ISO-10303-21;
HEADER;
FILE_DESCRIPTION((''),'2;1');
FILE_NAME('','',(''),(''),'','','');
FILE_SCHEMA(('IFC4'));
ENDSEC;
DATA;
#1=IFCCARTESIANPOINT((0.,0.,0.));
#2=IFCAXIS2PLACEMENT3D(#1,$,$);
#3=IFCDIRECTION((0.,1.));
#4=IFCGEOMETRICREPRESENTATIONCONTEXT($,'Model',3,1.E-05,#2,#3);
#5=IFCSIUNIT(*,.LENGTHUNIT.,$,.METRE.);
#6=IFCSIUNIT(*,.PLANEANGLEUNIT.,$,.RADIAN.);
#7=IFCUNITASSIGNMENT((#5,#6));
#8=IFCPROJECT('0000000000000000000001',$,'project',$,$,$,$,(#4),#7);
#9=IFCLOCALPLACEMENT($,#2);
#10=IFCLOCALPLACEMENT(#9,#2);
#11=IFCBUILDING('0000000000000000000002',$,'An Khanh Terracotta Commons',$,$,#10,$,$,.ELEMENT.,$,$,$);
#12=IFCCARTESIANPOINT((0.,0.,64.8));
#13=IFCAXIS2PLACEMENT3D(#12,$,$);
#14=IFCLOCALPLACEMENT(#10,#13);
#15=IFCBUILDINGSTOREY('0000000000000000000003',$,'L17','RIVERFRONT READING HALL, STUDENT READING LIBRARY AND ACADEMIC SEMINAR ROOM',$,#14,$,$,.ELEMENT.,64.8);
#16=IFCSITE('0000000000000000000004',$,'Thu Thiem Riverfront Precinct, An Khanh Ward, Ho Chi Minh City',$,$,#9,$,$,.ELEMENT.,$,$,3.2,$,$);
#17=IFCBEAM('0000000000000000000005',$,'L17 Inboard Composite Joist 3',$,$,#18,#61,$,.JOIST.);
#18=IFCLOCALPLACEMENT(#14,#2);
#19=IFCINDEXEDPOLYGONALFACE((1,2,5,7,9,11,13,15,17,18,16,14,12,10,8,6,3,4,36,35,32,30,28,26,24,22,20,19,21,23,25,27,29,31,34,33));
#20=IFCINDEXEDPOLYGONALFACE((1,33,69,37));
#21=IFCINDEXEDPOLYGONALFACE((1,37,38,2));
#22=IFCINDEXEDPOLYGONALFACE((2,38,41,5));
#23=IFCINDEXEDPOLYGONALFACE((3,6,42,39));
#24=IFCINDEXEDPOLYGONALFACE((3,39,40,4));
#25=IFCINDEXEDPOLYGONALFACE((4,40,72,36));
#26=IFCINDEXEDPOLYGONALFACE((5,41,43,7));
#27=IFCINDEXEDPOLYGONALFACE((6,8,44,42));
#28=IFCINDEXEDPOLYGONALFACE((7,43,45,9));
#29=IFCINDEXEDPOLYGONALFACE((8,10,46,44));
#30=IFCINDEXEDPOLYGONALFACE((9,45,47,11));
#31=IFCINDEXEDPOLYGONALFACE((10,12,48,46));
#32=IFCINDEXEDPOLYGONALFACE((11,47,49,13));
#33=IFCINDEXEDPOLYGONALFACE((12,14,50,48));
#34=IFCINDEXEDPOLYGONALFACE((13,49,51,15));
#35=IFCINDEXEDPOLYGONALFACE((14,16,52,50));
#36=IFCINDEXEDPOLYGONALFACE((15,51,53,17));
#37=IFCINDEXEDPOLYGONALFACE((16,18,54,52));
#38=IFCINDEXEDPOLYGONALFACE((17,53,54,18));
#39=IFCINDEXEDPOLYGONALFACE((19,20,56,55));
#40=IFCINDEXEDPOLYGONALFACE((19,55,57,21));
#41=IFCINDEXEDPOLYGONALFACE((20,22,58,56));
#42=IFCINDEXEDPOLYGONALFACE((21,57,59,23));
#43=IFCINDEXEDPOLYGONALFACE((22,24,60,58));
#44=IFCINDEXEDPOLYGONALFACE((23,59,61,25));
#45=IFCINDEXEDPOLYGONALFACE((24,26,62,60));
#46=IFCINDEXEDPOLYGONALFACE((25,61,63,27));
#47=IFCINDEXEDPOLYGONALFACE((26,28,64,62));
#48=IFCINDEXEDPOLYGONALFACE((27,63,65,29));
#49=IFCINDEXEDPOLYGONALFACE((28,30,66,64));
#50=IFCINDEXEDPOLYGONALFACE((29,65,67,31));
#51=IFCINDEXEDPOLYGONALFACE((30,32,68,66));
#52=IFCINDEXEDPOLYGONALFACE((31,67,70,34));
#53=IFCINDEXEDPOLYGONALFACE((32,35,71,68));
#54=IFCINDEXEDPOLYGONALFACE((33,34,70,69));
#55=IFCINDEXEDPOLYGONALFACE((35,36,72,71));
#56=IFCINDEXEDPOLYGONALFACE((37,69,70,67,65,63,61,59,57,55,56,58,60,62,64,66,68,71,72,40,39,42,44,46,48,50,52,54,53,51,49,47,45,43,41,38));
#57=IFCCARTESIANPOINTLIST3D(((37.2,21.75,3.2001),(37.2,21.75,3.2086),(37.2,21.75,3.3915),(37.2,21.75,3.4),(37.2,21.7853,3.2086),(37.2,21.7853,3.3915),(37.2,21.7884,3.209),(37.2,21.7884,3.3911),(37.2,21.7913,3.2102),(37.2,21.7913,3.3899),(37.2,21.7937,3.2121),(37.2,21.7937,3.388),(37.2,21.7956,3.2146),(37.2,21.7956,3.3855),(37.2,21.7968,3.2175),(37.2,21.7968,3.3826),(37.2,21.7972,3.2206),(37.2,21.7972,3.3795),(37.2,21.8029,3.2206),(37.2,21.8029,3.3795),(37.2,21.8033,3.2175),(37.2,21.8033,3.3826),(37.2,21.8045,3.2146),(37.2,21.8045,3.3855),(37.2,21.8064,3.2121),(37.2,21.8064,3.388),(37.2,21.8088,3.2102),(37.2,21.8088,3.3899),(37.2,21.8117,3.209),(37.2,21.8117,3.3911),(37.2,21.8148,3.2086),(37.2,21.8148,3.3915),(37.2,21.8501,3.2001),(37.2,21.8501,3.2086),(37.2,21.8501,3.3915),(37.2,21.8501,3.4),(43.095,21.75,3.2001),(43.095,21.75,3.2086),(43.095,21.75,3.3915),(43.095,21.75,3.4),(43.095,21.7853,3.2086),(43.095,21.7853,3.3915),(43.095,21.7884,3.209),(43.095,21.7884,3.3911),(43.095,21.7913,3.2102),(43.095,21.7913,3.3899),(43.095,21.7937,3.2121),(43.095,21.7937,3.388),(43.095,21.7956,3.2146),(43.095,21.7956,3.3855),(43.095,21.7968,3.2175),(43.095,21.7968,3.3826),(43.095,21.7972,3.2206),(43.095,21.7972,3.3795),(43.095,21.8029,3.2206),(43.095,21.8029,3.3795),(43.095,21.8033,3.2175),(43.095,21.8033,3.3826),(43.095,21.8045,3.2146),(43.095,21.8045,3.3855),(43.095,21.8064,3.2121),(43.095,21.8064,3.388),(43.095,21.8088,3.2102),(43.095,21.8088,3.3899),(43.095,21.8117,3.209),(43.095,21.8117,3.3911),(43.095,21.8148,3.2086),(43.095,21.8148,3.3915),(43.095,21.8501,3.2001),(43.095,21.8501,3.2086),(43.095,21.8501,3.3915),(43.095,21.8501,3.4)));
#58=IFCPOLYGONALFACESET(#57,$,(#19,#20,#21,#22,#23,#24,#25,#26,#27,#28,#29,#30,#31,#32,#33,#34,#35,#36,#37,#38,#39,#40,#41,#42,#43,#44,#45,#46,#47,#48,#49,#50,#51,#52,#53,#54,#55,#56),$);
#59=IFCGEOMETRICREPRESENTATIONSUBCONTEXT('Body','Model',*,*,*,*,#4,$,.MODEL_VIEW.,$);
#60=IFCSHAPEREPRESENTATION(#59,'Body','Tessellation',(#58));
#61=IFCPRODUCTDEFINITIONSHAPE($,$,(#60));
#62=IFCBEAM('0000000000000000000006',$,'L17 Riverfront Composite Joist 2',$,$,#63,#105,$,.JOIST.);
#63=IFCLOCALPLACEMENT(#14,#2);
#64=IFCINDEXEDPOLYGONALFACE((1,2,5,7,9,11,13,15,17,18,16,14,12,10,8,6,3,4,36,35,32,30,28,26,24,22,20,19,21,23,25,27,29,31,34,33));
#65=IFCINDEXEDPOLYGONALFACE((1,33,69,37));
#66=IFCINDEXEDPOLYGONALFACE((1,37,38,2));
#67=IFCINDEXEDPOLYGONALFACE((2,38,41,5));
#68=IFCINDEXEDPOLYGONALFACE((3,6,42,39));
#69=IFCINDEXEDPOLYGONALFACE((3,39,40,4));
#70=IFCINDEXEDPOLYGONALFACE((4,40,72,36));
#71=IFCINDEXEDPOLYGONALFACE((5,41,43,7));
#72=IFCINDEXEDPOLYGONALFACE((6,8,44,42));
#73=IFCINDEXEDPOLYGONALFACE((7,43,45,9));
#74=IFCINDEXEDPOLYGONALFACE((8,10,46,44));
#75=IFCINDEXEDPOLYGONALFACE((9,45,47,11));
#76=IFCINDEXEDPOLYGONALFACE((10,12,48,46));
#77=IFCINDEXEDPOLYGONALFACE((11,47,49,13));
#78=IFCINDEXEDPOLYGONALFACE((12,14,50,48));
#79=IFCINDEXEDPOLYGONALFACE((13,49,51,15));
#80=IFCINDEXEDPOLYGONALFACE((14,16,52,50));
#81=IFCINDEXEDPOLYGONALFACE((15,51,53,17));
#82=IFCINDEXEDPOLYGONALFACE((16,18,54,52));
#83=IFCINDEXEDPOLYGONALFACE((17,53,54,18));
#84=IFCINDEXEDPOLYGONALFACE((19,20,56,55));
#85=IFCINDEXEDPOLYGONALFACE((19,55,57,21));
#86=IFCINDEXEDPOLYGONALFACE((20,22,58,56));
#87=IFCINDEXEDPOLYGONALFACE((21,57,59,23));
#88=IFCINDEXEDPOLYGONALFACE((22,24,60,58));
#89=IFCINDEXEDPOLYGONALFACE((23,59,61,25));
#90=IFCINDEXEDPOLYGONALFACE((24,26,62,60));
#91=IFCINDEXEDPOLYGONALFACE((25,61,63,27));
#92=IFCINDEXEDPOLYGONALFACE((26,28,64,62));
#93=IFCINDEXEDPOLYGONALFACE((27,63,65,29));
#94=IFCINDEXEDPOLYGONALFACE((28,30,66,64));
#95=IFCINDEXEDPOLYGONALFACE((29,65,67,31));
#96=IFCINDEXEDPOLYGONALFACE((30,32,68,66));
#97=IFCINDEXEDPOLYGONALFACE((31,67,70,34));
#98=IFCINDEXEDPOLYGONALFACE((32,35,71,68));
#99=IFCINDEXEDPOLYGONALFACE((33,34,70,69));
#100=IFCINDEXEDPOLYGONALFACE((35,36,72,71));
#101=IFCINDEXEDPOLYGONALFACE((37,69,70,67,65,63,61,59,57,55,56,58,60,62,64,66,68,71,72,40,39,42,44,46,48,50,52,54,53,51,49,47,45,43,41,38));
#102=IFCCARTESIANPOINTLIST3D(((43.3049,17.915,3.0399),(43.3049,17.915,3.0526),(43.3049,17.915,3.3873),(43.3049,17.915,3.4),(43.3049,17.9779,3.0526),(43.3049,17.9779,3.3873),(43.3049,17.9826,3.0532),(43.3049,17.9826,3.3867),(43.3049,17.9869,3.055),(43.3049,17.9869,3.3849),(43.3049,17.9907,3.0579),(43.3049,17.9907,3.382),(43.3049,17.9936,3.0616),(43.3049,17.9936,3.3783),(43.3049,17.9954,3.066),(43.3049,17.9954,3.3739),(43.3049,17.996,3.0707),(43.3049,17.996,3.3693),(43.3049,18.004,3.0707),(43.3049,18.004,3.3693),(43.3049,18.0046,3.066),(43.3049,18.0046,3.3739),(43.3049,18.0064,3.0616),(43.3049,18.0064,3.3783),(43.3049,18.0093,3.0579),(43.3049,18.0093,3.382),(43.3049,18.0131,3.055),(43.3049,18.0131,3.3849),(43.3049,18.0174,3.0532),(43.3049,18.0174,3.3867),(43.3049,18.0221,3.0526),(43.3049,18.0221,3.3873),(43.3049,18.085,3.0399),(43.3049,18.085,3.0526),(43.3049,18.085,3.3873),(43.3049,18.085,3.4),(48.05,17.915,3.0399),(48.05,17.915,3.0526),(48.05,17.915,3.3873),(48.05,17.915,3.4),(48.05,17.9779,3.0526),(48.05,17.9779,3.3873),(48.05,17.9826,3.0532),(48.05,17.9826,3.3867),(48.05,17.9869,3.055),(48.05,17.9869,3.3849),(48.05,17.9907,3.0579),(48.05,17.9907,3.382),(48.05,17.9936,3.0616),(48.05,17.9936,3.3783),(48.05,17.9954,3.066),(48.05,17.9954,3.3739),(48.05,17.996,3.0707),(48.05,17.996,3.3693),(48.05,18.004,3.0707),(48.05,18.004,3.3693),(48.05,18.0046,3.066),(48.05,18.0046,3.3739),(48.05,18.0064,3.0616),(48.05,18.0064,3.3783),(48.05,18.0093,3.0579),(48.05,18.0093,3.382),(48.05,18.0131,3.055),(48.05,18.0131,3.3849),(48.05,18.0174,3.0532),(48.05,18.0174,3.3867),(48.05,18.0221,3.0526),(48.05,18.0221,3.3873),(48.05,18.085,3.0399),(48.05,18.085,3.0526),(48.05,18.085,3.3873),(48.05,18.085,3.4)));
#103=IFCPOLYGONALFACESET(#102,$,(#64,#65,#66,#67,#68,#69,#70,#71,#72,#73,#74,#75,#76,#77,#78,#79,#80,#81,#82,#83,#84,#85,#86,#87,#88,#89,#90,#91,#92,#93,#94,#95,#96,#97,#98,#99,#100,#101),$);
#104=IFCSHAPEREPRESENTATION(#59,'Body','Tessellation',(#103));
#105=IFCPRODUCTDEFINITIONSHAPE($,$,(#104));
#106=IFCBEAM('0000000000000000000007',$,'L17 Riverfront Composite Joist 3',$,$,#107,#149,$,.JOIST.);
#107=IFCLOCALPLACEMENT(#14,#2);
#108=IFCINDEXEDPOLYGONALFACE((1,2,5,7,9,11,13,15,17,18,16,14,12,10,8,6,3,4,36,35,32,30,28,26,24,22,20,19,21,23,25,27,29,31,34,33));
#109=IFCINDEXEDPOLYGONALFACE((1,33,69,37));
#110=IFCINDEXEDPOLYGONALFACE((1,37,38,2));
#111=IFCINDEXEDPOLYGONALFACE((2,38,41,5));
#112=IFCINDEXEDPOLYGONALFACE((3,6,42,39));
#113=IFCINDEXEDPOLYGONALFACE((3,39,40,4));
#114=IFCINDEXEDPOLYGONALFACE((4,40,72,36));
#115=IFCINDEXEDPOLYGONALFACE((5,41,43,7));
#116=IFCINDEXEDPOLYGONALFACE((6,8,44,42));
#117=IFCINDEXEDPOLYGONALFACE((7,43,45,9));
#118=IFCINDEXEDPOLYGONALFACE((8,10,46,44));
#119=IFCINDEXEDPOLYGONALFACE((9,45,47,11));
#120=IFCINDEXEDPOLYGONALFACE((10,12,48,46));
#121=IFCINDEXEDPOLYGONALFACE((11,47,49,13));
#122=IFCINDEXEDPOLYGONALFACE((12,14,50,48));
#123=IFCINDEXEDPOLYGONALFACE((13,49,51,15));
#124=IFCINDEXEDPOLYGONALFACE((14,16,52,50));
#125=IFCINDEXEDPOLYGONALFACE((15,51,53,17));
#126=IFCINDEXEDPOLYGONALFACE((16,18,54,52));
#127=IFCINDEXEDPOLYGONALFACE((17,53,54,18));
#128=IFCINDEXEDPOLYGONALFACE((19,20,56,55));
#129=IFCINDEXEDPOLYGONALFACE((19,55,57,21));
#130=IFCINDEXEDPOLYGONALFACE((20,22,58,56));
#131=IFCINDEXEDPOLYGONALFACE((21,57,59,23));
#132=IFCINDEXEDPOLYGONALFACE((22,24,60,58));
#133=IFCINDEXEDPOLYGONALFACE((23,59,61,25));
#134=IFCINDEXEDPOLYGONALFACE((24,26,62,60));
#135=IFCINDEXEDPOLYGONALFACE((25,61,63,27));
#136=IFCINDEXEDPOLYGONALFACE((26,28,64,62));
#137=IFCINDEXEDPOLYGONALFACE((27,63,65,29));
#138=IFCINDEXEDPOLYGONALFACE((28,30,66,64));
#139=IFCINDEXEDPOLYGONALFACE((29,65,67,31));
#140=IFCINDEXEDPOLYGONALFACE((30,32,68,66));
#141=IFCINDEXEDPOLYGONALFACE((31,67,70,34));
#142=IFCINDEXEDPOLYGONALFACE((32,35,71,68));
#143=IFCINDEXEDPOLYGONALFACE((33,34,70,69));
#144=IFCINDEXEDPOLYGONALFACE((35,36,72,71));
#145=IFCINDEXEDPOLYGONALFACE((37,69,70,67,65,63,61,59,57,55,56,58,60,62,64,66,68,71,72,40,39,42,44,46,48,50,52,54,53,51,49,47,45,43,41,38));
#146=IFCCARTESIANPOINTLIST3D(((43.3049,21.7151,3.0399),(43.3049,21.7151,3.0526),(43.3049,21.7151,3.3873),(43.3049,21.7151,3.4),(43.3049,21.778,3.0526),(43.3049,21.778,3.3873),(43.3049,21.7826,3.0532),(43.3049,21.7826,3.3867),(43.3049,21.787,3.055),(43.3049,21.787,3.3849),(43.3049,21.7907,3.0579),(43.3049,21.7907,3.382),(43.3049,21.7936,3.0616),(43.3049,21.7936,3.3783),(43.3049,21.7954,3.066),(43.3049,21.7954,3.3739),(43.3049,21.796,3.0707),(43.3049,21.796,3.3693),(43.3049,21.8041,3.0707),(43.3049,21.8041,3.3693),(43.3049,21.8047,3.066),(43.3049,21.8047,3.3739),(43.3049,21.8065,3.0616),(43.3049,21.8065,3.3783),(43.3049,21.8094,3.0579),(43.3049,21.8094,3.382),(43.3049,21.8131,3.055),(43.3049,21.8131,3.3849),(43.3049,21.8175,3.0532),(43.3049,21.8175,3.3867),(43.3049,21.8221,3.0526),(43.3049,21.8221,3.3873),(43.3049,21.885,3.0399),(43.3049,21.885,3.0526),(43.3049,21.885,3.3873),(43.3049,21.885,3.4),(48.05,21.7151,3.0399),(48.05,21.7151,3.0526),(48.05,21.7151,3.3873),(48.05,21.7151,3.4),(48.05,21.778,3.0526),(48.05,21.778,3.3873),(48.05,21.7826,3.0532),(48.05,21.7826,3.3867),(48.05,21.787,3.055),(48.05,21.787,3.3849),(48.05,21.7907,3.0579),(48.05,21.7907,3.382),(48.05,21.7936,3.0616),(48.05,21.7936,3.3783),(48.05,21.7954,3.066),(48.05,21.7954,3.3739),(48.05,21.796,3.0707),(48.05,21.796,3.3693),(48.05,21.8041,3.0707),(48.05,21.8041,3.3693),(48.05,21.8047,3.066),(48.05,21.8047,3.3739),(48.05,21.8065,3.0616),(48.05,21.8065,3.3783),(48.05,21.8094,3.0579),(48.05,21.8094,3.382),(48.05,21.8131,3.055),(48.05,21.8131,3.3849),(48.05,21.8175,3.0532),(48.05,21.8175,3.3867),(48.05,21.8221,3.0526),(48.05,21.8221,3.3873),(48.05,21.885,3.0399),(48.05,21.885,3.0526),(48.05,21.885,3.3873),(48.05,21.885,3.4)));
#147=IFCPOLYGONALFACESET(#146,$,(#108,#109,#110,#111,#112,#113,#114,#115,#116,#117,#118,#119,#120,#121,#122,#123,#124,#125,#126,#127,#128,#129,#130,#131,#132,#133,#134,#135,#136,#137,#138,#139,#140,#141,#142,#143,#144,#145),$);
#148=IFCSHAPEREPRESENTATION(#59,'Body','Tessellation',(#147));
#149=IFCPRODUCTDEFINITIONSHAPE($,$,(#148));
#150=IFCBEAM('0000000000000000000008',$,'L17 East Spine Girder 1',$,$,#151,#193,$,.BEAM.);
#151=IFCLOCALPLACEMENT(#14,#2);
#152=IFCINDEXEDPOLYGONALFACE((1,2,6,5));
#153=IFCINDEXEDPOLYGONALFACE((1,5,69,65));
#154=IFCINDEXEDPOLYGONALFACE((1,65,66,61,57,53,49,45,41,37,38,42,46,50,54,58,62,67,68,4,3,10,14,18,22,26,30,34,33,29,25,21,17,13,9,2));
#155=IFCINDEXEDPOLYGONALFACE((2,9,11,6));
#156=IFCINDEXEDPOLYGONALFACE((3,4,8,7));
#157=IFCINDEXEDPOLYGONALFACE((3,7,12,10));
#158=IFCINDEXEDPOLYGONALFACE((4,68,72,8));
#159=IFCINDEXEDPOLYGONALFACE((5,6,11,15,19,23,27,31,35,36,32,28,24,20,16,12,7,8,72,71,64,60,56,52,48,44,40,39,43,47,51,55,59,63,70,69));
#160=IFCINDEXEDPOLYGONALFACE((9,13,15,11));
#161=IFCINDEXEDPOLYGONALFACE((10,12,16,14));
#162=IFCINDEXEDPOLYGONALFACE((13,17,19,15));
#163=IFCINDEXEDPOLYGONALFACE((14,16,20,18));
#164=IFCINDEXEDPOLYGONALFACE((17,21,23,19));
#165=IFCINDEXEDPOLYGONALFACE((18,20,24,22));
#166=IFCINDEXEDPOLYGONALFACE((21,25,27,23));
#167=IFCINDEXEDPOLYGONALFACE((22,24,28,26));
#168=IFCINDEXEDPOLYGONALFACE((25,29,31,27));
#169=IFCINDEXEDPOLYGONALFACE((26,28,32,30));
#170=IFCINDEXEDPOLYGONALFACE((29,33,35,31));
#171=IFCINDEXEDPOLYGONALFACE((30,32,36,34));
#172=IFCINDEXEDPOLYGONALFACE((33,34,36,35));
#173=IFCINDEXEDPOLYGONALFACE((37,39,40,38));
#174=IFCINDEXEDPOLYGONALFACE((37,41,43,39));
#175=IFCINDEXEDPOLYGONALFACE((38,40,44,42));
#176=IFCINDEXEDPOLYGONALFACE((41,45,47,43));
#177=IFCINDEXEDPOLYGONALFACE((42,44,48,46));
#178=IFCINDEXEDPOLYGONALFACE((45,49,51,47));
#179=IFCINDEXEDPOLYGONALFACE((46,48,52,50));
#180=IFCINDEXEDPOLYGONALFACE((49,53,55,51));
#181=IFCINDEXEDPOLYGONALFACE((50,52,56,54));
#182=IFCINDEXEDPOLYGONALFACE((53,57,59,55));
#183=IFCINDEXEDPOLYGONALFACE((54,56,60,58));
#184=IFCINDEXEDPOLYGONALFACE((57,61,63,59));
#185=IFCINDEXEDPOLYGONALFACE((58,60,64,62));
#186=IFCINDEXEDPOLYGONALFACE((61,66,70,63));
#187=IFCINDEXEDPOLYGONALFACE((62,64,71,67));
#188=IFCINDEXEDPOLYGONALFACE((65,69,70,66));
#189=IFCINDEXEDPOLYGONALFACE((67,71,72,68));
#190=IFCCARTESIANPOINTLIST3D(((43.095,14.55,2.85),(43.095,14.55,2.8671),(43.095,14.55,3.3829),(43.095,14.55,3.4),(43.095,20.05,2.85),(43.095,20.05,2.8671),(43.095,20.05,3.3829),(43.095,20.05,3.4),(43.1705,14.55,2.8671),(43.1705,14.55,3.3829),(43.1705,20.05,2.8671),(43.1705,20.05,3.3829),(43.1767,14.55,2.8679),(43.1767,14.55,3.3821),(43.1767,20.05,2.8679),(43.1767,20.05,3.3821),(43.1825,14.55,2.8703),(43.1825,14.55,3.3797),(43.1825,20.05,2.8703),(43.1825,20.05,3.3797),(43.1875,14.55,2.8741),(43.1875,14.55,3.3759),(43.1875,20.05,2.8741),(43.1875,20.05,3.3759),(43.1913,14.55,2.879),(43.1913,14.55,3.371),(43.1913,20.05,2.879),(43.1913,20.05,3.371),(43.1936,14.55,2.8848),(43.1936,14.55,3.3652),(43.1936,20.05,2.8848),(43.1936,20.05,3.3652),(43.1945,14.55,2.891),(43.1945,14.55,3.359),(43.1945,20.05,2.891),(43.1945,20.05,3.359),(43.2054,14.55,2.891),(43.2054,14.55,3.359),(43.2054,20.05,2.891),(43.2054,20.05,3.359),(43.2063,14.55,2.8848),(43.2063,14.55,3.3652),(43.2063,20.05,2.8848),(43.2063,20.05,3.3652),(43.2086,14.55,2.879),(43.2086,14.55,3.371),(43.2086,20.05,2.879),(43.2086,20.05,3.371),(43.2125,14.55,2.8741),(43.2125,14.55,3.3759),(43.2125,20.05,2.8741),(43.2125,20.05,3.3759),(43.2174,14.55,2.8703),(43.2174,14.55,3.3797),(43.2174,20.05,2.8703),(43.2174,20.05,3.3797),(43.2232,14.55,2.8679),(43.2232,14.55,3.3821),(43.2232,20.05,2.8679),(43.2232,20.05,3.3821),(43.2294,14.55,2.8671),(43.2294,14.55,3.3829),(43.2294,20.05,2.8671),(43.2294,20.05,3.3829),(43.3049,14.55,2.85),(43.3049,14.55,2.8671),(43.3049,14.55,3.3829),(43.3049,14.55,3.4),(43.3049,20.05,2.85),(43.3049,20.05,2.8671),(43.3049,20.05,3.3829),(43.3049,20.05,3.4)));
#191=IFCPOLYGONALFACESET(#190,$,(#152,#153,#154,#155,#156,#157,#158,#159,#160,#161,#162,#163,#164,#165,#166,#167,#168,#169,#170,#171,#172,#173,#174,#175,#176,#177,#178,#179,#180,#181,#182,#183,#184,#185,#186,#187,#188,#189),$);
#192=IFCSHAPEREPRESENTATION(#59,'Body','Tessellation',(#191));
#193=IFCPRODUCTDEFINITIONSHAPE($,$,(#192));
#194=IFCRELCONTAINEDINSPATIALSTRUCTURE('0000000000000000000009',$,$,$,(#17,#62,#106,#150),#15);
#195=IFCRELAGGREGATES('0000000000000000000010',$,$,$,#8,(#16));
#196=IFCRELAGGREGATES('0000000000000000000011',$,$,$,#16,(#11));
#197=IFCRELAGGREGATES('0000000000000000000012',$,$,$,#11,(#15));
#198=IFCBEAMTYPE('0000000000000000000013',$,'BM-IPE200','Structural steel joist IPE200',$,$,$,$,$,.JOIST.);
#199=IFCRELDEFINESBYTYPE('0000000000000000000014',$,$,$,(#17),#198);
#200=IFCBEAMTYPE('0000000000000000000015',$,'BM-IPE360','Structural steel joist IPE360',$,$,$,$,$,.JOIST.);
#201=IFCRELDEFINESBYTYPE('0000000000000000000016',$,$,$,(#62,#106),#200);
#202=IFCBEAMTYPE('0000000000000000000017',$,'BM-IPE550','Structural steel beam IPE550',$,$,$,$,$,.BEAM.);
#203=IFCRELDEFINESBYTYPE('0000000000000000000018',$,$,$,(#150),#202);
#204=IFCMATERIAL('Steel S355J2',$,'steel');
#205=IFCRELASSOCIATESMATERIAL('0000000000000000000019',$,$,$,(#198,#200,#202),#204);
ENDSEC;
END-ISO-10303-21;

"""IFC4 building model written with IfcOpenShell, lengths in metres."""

from ifc_helpers import new_model, si_unit, direction, frame, origin, origin_2d, place, context, subcontext, project, spatial, i_section, extrude, material, material_profile, profile_set, type_object, element, save


model = new_model("IFC4")

# Units and contexts
model_context = context("Model", 3, precision=1e-05, world=origin(), true_north=direction((0.0, 1.0)))
body_context = subcontext(model_context, "Body", "Model", "MODEL_VIEW")
ifc_project = project(units=[si_unit("LENGTHUNIT", "METRE"), si_unit("PLANEANGLEUNIT", "RADIAN")], contexts=[model_context])

# Site, building, storey
site_placement = place(None, origin())
site = spatial("IfcSite", under=ifc_project, at=site_placement, Name="Thu Thiem Riverfront Precinct, An Khanh Ward, Ho Chi Minh City", CompositionType="ELEMENT", RefElevation=3.2)
building_placement = place(site_placement, origin())
building = spatial("IfcBuilding", under=site, at=building_placement, Name="An Khanh Terracotta Commons", CompositionType="ELEMENT")
storey_placement = place(building_placement, frame((0.0, 0.0, 64.8)))
storey = spatial("IfcBuildingStorey", under=building, at=storey_placement, Name="L17", Description="RIVERFRONT READING HALL, STUDENT READING LIBRARY AND ACADEMIC SEMINAR ROOM", CompositionType="ELEMENT", Elevation=64.8)

# Beams
ifc_material_1 = material(Name="Steel S355J2", Category="steel")
ifc_material_profile_1 = material_profile(ifc_material_1, i_section(OverallWidth=0.1001, OverallDepth=0.2, WebThickness=0.0056, FlangeThickness=0.0085, FilletRadius=0.012, at=origin_2d()), Name="IPE200")
ifc_profile_set_1 = profile_set([ifc_material_profile_1], Name="Steel S355J2")
beam_type_1 = type_object("IfcBeamType", Name="BM-IPE200", Description="Structural steel joist IPE200", PredefinedType="JOIST", material=ifc_profile_set_1)
for number, where, z_axis, x_axis, name in (
    (1, (37.2, 21.8, 3.3), (1.0, 0.0, 0.0), (0.0, 1.0, 0.0), "L17 Inboard Composite Joist 3"),
):
    element("IfcBeam", number, at=place(storey_placement, frame(where, z_axis=z_axis, x_axis=x_axis)), inside=storey, type_object=beam_type_1, Name=name, PredefinedType="JOIST", context=body_context, shape_type="SweptSolid", body=[
        extrude(i_section(OverallWidth=0.1001, OverallDepth=0.2, WebThickness=0.0056, FlangeThickness=0.0085, FilletRadius=0.012, at=origin_2d()), origin(), (0.0, 0.0, 1.0), 5.895),
    ])
ifc_material_profile_2 = material_profile(ifc_material_1, i_section(OverallWidth=0.1699, OverallDepth=0.3601, WebThickness=0.0081, FlangeThickness=0.0127, FilletRadius=0.0181, at=origin_2d()), Name="IPE360")
ifc_profile_set_2 = profile_set([ifc_material_profile_2], Name="Steel S355J2")
beam_type_2 = type_object("IfcBeamType", Name="BM-IPE360", Description="Structural steel joist IPE360", PredefinedType="JOIST", material=ifc_profile_set_2)
for number, where, z_axis, x_axis, name in (
    (2, (43.3049, 18.0, 3.22), (1.0, 0.0, 0.0), (0.0, 1.0, 0.0), "L17 Riverfront Composite Joist 2"),
    (3, (43.3049, 21.8, 3.22), (1.0, 0.0, 0.0), (0.0, 1.0, 0.0), "L17 Riverfront Composite Joist 3"),
):
    element("IfcBeam", number, at=place(storey_placement, frame(where, z_axis=z_axis, x_axis=x_axis)), inside=storey, type_object=beam_type_2, Name=name, PredefinedType="JOIST", context=body_context, shape_type="SweptSolid", body=[
        extrude(i_section(OverallWidth=0.1699, OverallDepth=0.3601, WebThickness=0.0081, FlangeThickness=0.0127, FilletRadius=0.0181, at=origin_2d()), origin(), (0.0, 0.0, 1.0), 4.7451),
    ])
ifc_material_profile_3 = material_profile(ifc_material_1, i_section(OverallWidth=0.21, OverallDepth=0.55, WebThickness=0.011, FlangeThickness=0.0171, FilletRadius=0.0239, at=origin_2d()), Name="IPE550")
ifc_profile_set_3 = profile_set([ifc_material_profile_3], Name="Steel S355J2")
beam_type_3 = type_object("IfcBeamType", Name="BM-IPE550", Description="Structural steel beam IPE550", PredefinedType="BEAM", material=ifc_profile_set_3)
beam_1_placement = place(storey_placement, frame((43.2, 14.55, 3.125), z_axis=(0.0, 1.0, 0.0), x_axis=(-1.0, 0.0, 0.0)))
element("IfcBeam", 4, at=beam_1_placement, inside=storey, type_object=beam_type_3, Name="L17 East Spine Girder 1", PredefinedType="BEAM", context=body_context, shape_type="SweptSolid", body=[
    extrude(i_section(OverallWidth=0.21, OverallDepth=0.55, WebThickness=0.011, FlangeThickness=0.0171, FilletRadius=0.0239, at=origin_2d()), origin(), (0.0, 0.0, 1.0), 5.5),
])

save(model, "model.ifc")
